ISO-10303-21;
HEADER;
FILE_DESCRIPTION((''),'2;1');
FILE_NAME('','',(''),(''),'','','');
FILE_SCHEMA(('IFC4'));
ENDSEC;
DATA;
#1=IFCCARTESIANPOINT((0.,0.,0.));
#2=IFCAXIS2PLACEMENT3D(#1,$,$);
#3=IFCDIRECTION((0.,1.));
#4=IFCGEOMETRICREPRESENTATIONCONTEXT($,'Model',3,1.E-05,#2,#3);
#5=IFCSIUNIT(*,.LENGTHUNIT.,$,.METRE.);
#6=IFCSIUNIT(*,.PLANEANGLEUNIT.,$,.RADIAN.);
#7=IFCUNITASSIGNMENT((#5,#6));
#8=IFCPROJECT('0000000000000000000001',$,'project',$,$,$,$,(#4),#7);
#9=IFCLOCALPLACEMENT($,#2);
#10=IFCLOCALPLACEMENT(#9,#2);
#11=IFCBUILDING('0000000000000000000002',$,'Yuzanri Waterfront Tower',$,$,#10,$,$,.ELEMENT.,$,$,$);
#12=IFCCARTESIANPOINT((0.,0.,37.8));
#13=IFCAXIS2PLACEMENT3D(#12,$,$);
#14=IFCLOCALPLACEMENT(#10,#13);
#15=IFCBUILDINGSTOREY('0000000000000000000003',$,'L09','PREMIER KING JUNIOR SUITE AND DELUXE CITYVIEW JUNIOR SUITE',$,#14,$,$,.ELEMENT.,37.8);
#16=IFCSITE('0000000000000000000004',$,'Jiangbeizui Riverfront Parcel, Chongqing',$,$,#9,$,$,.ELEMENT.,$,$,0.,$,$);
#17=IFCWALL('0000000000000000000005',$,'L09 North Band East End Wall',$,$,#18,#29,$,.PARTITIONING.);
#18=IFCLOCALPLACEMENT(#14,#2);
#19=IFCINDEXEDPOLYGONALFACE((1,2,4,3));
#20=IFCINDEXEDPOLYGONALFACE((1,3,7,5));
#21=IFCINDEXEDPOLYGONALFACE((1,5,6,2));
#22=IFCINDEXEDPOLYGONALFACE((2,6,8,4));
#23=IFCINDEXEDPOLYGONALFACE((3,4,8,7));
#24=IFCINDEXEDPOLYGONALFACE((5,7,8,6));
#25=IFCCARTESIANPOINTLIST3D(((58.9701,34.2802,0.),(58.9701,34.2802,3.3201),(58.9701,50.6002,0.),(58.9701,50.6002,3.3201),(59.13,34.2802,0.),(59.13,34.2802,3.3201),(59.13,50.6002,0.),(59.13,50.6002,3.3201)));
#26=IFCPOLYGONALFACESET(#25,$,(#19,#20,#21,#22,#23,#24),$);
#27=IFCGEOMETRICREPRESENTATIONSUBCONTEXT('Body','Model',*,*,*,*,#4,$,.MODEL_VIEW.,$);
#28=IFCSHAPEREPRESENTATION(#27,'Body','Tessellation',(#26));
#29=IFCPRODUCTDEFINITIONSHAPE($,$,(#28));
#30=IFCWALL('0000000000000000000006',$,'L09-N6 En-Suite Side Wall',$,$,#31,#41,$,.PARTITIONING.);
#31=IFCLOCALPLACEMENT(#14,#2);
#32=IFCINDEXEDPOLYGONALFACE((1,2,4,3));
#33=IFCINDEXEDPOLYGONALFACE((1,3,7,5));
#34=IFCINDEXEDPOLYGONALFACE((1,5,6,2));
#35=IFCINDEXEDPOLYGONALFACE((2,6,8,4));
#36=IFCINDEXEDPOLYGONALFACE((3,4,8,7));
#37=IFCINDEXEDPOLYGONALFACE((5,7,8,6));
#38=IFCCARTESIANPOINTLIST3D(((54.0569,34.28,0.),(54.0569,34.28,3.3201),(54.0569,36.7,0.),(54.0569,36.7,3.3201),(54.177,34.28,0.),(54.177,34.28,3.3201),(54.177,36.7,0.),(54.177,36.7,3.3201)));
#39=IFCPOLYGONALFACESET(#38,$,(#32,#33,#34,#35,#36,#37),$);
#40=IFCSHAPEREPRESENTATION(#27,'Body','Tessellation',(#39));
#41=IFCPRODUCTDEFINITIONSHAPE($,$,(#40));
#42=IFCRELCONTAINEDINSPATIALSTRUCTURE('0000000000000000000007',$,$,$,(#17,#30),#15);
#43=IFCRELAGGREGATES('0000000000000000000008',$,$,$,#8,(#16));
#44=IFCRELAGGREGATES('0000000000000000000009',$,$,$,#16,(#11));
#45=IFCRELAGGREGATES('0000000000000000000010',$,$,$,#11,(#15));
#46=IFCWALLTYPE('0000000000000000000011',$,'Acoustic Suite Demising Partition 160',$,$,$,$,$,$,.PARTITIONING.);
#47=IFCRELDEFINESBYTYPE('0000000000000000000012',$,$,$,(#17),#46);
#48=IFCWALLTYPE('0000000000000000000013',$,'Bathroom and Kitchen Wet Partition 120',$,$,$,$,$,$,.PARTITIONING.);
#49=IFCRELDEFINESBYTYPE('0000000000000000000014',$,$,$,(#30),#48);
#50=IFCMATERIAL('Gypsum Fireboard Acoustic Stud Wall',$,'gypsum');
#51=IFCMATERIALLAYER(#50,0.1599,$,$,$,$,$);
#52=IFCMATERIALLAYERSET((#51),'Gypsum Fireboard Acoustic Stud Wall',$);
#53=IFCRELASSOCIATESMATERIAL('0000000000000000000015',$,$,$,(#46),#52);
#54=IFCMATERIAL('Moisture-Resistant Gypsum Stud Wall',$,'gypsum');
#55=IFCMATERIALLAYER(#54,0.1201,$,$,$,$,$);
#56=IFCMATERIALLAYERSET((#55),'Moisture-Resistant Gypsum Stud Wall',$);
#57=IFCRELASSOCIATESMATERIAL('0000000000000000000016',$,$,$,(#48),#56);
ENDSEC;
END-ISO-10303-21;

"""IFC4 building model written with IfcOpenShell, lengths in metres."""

from ifc_helpers import new_model, si_unit, direction, frame, frame_2d, origin, place, context, subcontext, project, spatial, rectangle, extrude, source, transform, mapped, material, layer, layer_set, type_object, element, save


model = new_model("IFC4")

# Units and contexts
model_context = context("Model", 3, precision=1e-05, world=origin(), true_north=direction((0.0, 1.0)))
body_context = subcontext(model_context, "Body", "Model", "MODEL_VIEW")
ifc_project = project(units=[si_unit("LENGTHUNIT", "METRE"), si_unit("PLANEANGLEUNIT", "RADIAN")], contexts=[model_context])

# Site, building, storey
site_placement = place(None, origin())
site = spatial("IfcSite", under=ifc_project, at=site_placement, Name="Jiangbeizui Riverfront Parcel, Chongqing", CompositionType="ELEMENT", RefElevation=0.0)
building_placement = place(site_placement, origin())
building = spatial("IfcBuilding", under=site, at=building_placement, Name="Yuzanri Waterfront Tower", CompositionType="ELEMENT")
storey_placement = place(building_placement, frame((0.0, 0.0, 37.8)))
storey = spatial("IfcBuildingStorey", under=building, at=storey_placement, Name="L09", Description="PREMIER KING JUNIOR SUITE AND DELUXE CITYVIEW JUNIOR SUITE", CompositionType="ELEMENT", Elevation=37.8)

# Walls
ifc_material_1 = material(Name="Gypsum Fireboard Acoustic Stud Wall", Category="gypsum")
ifc_layer_1 = layer(ifc_material_1, 0.1599)
ifc_layer_set_1 = layer_set([ifc_layer_1], Name="Gypsum Fireboard Acoustic Stud Wall")
wall_type_1 = type_object("IfcWallType", Name="Acoustic Suite Demising Partition 160", PredefinedType="PARTITIONING", material=ifc_layer_set_1)
shared_shape_1 = source(origin(), body_context, "Body", "SweptSolid", [
    extrude(rectangle(XDim=16.3201, YDim=0.1599, at=frame_2d((8.1602, 0.0))), origin(), (0.0, 0.0, 1.0), 3.3201),
])
wall_1_placement = place(storey_placement, frame((59.05, 34.28, 0.0), z_axis=(0.0, 0.0, 1.0), x_axis=(0.0, 1.0, 0.0)))
element("IfcWall", 1, at=wall_1_placement, inside=storey, type_object=wall_type_1, Name="L09 North Band East End Wall", PredefinedType="PARTITIONING", context=body_context, shape_type="MappedRepresentation", body=[
    mapped(shared_shape_1, transform((0.0, 0.0, 0.0), scale=1.0)),
])
ifc_material_2 = material(Name="Moisture-Resistant Gypsum Stud Wall", Category="gypsum")
ifc_layer_2 = layer(ifc_material_2, 0.1201)
ifc_layer_set_2 = layer_set([ifc_layer_2], Name="Moisture-Resistant Gypsum Stud Wall")
wall_type_2 = type_object("IfcWallType", Name="Bathroom and Kitchen Wet Partition 120", PredefinedType="PARTITIONING", material=ifc_layer_set_2)
shared_shape_2 = source(origin(), body_context, "Body", "SweptSolid", [
    extrude(rectangle(XDim=2.4199, YDim=0.1201, at=frame_2d((1.21, 0.0))), origin(), (0.0, 0.0, 1.0), 3.3201),
])
wall_2_placement = place(storey_placement, frame((54.1169, 34.28, 0.0), z_axis=(0.0, 0.0, 1.0), x_axis=(0.0, 1.0, 0.0)))
element("IfcWall", 2, at=wall_2_placement, inside=storey, type_object=wall_type_2, Name="L09-N6 En-Suite Side Wall", PredefinedType="PARTITIONING", context=body_context, shape_type="MappedRepresentation", body=[
    mapped(shared_shape_2, transform((0.0, 0.0, 0.0), scale=1.0)),
])

save(model, "model.ifc")
